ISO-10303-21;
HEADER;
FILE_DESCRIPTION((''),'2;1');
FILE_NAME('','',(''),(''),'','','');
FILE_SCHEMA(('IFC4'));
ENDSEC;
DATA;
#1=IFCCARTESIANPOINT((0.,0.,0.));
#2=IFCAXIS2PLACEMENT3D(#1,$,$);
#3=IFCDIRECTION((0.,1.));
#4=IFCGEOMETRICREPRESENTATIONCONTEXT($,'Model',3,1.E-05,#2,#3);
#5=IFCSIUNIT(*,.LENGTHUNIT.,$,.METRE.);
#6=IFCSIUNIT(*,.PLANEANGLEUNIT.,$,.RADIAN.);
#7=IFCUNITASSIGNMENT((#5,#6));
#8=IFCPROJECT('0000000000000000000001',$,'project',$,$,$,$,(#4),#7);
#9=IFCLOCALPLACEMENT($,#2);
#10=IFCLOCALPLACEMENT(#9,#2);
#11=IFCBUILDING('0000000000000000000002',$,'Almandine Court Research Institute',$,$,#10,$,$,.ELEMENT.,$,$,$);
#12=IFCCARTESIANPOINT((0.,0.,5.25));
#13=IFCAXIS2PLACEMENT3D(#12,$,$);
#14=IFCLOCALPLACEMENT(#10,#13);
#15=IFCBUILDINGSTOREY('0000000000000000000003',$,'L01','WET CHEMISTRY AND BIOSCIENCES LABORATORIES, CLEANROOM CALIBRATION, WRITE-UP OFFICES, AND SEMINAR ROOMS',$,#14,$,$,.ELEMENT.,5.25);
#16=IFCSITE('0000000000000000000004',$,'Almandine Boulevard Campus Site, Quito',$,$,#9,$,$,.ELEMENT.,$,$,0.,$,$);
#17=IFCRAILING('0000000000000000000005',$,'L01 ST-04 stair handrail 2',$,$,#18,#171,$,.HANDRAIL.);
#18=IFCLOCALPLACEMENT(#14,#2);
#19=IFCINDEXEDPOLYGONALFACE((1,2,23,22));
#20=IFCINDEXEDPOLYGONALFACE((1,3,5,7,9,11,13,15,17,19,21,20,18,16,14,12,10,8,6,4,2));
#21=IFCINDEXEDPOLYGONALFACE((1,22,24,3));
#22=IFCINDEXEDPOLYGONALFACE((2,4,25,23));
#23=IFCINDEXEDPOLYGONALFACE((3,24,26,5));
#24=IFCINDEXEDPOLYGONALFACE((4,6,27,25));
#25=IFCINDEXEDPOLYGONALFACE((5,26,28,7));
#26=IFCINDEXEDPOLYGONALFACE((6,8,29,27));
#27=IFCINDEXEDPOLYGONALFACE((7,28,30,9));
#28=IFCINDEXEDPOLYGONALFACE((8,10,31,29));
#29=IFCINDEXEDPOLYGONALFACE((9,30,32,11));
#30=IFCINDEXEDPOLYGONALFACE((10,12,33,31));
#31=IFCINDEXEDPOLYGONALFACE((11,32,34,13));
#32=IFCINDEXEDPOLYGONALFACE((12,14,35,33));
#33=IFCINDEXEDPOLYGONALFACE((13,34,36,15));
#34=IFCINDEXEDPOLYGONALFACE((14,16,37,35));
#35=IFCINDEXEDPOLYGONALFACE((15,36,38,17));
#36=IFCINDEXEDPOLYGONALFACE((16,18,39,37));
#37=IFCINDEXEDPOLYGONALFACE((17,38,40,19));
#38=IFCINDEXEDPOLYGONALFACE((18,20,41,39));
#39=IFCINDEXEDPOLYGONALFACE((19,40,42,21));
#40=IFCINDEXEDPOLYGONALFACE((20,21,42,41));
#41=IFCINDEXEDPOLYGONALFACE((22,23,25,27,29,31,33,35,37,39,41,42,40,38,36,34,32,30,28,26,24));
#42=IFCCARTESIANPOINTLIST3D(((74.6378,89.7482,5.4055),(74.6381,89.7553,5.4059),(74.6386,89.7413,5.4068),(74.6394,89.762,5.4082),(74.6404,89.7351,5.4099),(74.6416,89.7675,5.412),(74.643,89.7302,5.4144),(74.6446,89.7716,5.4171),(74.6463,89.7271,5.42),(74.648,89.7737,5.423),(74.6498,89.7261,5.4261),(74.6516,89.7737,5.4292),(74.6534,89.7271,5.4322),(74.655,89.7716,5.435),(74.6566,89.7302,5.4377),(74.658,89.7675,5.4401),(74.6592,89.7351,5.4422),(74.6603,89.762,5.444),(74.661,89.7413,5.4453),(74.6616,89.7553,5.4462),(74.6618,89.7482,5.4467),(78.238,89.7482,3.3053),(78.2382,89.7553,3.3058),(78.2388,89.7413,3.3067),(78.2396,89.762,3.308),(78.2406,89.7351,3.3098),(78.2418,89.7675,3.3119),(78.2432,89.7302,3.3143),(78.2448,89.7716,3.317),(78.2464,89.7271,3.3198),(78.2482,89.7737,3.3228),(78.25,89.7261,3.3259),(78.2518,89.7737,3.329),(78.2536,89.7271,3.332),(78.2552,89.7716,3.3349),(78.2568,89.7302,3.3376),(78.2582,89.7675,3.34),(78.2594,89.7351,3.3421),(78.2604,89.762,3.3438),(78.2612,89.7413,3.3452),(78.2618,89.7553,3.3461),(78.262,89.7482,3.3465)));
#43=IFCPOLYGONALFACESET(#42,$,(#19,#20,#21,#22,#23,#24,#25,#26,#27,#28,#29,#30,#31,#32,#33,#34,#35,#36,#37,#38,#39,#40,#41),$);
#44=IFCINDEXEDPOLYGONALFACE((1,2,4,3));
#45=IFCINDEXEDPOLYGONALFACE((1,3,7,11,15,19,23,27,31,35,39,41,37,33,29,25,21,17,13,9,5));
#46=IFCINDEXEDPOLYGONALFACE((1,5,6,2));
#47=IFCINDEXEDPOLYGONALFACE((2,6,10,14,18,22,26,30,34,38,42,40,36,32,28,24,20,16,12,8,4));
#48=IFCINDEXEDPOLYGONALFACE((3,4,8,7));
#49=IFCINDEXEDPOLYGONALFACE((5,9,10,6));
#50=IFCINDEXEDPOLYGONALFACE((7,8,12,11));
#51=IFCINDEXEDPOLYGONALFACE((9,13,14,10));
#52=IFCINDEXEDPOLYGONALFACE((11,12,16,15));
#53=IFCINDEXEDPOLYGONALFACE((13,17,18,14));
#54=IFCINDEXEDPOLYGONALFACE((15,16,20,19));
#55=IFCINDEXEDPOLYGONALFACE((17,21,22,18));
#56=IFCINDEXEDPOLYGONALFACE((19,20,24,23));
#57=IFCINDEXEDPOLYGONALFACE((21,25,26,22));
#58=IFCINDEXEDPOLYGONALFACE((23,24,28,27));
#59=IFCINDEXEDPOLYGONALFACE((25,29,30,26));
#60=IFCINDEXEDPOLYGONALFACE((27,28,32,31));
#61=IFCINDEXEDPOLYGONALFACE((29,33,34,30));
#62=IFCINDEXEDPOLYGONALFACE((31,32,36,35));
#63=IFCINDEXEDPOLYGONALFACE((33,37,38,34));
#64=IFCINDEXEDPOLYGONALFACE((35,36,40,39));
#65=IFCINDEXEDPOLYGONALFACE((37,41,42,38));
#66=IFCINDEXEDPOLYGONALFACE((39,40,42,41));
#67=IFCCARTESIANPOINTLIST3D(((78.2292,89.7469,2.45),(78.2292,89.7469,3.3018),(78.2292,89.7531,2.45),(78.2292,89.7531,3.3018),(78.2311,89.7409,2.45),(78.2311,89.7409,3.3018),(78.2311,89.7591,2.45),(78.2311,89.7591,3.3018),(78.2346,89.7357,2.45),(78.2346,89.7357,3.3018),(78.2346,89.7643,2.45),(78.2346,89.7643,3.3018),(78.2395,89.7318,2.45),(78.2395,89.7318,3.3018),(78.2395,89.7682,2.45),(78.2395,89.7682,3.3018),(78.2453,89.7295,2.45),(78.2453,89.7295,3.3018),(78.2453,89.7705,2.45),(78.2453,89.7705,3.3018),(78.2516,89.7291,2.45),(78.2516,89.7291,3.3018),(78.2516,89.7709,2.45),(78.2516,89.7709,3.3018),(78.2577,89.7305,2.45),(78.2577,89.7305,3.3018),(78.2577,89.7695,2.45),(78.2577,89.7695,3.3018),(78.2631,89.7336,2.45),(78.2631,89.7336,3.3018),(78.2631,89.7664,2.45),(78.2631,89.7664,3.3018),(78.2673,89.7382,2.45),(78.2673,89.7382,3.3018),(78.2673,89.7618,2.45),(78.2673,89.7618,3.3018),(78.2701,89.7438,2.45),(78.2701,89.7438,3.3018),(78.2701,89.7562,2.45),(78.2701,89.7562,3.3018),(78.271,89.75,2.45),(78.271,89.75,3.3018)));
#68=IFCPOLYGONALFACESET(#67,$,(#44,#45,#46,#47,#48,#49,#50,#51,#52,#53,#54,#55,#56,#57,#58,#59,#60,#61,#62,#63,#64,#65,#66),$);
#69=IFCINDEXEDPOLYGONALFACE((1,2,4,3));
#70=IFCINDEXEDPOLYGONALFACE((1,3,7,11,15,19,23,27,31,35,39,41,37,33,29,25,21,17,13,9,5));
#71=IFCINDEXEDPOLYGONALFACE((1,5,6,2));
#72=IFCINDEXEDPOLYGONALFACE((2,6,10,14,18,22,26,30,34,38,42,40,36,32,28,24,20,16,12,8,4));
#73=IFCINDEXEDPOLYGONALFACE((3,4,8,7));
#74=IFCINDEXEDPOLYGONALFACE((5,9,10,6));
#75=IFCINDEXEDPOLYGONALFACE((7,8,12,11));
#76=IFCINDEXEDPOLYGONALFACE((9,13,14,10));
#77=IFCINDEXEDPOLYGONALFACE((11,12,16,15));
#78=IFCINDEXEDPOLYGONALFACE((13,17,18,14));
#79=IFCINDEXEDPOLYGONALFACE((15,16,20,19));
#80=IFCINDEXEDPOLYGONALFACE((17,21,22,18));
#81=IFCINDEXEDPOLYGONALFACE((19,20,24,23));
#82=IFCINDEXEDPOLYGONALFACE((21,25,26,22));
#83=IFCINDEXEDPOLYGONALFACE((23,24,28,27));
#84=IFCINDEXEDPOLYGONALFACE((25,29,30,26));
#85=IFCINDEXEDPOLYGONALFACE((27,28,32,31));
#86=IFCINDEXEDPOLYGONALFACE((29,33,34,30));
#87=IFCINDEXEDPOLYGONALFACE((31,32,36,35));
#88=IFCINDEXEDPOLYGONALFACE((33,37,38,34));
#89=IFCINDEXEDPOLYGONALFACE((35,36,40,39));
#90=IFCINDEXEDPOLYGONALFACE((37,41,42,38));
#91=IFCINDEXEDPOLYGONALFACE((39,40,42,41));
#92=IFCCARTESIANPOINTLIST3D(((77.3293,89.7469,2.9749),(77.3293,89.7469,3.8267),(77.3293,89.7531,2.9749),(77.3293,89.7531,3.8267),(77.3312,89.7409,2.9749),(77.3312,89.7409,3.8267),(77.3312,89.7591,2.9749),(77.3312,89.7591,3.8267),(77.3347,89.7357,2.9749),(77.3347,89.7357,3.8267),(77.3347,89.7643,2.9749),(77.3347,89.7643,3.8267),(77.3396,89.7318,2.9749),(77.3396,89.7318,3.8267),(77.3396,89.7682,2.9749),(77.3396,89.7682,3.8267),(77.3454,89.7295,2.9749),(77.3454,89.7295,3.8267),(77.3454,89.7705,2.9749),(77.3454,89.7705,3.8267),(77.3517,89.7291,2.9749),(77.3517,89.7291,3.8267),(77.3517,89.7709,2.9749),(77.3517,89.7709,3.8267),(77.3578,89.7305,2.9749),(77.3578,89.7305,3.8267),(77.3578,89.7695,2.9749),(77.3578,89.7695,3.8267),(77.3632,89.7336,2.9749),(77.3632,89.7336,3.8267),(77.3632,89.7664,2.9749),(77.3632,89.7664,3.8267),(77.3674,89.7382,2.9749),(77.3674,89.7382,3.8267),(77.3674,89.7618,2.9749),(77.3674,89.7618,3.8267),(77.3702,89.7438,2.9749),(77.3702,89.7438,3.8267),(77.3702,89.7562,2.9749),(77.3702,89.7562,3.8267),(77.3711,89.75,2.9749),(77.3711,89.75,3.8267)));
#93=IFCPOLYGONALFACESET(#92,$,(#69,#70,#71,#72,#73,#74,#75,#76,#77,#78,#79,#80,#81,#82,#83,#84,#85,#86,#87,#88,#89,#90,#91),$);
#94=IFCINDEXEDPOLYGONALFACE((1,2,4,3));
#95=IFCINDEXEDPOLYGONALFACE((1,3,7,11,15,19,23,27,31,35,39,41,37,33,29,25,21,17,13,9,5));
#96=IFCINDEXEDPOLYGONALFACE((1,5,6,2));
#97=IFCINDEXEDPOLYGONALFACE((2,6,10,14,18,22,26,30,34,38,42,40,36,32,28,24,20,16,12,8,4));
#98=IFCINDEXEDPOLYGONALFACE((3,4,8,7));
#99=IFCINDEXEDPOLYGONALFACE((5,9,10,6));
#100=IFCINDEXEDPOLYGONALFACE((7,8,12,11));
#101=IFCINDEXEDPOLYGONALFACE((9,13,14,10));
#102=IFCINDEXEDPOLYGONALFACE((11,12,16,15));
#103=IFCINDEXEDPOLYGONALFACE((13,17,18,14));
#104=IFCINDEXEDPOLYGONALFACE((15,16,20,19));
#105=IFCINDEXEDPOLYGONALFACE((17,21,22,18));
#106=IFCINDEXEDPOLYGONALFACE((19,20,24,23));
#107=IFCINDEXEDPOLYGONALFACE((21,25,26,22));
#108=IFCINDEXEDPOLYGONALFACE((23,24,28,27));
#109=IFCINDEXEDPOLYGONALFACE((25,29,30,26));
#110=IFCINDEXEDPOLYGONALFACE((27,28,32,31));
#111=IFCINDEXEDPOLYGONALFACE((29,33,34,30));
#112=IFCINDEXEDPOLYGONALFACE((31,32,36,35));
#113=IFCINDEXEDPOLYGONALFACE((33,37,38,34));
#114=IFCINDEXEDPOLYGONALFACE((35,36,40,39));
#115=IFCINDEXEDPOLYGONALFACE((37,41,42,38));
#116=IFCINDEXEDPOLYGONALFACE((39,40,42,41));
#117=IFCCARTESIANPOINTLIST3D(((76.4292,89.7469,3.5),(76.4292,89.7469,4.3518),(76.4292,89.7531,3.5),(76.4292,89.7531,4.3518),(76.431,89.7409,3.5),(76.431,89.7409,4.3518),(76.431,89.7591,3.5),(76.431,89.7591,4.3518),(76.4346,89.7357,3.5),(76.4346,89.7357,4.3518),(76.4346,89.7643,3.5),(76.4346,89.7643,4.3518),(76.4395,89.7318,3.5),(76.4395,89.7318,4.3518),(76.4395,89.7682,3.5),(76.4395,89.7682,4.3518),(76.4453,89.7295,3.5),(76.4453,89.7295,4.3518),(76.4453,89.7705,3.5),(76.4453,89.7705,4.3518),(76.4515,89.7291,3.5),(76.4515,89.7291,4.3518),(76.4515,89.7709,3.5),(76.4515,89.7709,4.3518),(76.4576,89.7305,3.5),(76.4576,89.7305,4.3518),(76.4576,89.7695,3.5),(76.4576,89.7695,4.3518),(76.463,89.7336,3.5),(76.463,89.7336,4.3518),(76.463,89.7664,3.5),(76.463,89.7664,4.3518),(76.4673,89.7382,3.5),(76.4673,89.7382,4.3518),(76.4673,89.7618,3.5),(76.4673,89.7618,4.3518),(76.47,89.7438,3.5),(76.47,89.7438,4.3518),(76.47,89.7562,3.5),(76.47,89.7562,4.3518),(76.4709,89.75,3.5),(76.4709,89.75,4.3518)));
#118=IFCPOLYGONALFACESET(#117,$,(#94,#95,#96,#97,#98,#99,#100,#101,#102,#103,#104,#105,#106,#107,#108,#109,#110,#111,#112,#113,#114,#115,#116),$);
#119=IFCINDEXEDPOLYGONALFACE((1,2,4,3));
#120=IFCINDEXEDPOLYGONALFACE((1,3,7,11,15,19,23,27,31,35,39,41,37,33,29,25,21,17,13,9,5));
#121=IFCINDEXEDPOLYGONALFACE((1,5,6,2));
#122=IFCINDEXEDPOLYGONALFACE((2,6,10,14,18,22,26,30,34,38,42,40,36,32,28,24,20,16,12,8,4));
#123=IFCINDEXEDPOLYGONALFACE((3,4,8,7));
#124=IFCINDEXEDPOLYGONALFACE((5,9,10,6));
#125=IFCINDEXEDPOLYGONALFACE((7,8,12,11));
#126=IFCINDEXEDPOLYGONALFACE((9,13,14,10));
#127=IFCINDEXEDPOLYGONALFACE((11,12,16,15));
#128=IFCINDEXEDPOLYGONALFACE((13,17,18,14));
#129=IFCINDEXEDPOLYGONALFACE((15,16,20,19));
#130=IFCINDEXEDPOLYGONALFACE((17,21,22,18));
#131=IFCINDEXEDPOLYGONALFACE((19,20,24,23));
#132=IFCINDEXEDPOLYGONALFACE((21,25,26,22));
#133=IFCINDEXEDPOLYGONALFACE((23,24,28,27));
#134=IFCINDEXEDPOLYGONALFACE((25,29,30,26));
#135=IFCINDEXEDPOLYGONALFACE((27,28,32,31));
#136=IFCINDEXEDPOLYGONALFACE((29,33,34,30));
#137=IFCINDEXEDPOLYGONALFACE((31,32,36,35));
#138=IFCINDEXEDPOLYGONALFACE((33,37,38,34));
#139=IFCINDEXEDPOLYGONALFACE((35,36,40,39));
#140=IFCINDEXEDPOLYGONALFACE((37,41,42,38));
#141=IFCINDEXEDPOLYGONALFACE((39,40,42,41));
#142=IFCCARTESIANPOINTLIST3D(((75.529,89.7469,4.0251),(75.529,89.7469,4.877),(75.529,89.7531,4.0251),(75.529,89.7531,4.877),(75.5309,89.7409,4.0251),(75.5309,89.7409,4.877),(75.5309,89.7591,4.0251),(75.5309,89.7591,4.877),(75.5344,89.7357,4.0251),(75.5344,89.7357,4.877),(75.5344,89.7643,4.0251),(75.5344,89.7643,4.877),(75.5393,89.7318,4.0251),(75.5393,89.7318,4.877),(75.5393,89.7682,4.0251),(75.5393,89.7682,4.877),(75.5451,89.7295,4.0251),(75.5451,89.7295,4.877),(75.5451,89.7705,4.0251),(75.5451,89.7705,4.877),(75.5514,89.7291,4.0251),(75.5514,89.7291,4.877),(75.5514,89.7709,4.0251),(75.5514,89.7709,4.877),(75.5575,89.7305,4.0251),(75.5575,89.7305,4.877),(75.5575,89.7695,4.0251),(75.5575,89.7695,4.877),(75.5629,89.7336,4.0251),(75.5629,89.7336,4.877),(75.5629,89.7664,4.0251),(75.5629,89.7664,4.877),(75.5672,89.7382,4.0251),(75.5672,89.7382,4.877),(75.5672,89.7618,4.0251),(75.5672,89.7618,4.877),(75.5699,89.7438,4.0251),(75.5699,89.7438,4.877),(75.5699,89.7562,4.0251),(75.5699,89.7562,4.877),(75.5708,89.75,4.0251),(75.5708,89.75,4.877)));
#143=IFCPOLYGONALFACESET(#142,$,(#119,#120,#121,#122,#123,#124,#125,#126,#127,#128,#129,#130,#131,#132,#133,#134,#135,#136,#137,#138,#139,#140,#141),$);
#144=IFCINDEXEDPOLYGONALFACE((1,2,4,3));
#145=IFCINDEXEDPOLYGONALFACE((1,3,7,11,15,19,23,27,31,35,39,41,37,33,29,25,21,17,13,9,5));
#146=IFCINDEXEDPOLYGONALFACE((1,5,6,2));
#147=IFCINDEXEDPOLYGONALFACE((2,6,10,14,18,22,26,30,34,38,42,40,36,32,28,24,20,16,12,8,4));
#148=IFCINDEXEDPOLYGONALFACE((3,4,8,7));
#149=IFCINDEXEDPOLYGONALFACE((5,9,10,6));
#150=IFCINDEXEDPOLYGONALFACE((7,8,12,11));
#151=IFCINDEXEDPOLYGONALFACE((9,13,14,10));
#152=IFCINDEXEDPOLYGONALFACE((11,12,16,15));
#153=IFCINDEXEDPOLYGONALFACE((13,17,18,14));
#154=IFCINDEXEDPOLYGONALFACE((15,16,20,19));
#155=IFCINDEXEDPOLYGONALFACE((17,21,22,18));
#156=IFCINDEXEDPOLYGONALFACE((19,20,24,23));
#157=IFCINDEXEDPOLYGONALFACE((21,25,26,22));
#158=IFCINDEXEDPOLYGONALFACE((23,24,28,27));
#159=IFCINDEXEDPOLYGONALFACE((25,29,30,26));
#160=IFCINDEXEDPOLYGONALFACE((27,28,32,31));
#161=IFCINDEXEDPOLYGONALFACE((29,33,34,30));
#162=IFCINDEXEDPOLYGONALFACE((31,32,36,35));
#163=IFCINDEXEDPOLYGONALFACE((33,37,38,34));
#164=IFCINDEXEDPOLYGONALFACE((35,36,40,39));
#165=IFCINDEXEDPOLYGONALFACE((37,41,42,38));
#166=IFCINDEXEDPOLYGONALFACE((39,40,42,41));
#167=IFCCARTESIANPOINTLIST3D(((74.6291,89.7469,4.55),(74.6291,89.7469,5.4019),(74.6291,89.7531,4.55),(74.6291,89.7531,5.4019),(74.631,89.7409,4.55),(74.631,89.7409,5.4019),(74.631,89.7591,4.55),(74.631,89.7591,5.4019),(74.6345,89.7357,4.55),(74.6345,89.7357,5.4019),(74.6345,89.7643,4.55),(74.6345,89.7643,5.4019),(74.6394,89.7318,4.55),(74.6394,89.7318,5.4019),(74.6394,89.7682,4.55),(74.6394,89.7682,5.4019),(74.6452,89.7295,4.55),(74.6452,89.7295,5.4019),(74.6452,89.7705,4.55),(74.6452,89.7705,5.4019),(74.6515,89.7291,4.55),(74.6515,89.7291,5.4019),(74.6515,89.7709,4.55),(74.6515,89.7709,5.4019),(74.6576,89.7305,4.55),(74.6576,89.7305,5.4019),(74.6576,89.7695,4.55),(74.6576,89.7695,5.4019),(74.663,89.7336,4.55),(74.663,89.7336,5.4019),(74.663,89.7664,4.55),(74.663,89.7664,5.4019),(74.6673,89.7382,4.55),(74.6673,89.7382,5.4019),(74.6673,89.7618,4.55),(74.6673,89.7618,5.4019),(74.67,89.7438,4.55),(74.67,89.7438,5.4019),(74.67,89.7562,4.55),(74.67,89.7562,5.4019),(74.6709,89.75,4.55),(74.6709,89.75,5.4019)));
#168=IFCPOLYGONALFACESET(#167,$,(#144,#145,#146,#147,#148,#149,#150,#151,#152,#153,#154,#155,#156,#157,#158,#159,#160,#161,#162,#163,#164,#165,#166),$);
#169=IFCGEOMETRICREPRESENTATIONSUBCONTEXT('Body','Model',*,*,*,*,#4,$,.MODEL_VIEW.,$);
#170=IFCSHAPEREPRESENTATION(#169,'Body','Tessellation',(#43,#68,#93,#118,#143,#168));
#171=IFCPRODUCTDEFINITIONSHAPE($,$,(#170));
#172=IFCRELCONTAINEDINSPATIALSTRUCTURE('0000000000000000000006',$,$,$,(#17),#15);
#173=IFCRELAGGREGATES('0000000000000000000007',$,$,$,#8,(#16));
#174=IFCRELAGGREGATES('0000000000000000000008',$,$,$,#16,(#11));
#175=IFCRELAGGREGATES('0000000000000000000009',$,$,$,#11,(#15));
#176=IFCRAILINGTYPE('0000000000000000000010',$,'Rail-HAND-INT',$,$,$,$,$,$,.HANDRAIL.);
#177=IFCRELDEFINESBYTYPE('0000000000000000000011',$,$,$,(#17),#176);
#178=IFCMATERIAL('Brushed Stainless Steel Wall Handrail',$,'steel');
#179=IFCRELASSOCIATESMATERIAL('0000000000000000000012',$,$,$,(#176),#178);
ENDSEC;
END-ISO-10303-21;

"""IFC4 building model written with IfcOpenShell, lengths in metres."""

from ifc_helpers import new_model, si_unit, direction, frame, origin, origin_2d, place, context, subcontext, project, spatial, circle, extrude, material, type_object, element, save


model = new_model("IFC4")

# Units and contexts
model_context = context("Model", 3, precision=1e-05, world=origin(), true_north=direction((0.0, 1.0)))
body_context = subcontext(model_context, "Body", "Model", "MODEL_VIEW")
ifc_project = project(units=[si_unit("LENGTHUNIT", "METRE"), si_unit("PLANEANGLEUNIT", "RADIAN")], contexts=[model_context])

# Site, building, storey
site_placement = place(None, origin())
site = spatial("IfcSite", under=ifc_project, at=site_placement, Name="Almandine Boulevard Campus Site, Quito", CompositionType="ELEMENT", RefElevation=0.0)
building_placement = place(site_placement, origin())
building = spatial("IfcBuilding", under=site, at=building_placement, Name="Almandine Court Research Institute", CompositionType="ELEMENT")
storey_placement = place(building_placement, frame((0.0, 0.0, 5.25)))
storey = spatial("IfcBuildingStorey", under=building, at=storey_placement, Name="L01", Description="WET CHEMISTRY AND BIOSCIENCES LABORATORIES, CLEANROOM CALIBRATION, WRITE-UP OFFICES, AND SEMINAR ROOMS", CompositionType="ELEMENT", Elevation=5.25)

# Railing
ifc_material_1 = material(Name="Brushed Stainless Steel Wall Handrail", Category="steel")
railing_type_1 = type_object("IfcRailingType", Name="Rail-HAND-INT", PredefinedType="HANDRAIL", material=ifc_material_1)
railing_1_placement = place(storey_placement, frame((78.25, 89.75, 2.45)))
element("IfcRailing", 1, at=railing_1_placement, inside=storey, type_object=railing_type_1, Name="L01 ST-04 stair handrail 2", PredefinedType="HANDRAIL", context=body_context, shape_type="SweptSolid", body=[
    extrude(circle(Radius=0.0239, at=origin_2d()), frame((0.0, 0.0, 0.876), z_axis=(-0.863775, 0.0, 0.503878), x_axis=(0.0, -1.0, 0.0)), (0.0, 0.0, 1.0), 4.168),
    extrude(circle(Radius=0.021, at=origin_2d()), origin(), (0.0, 0.0, 1.0), 0.8518),
    extrude(circle(Radius=0.021, at=origin_2d()), frame((-0.8999, 0.0, 0.5249)), (0.0, 0.0, 1.0), 0.8518),
    extrude(circle(Radius=0.021, at=origin_2d()), frame((-1.8, 0.0, 1.05)), (0.0, 0.0, 1.0), 0.8518),
    extrude(circle(Radius=0.021, at=origin_2d()), frame((-2.7002, 0.0, 1.5752)), (0.0, 0.0, 1.0), 0.8518),
    extrude(circle(Radius=0.021, at=origin_2d()), frame((-3.6001, 0.0, 2.1001)), (0.0, 0.0, 1.0), 0.8518),
])

save(model, "model.ifc")
